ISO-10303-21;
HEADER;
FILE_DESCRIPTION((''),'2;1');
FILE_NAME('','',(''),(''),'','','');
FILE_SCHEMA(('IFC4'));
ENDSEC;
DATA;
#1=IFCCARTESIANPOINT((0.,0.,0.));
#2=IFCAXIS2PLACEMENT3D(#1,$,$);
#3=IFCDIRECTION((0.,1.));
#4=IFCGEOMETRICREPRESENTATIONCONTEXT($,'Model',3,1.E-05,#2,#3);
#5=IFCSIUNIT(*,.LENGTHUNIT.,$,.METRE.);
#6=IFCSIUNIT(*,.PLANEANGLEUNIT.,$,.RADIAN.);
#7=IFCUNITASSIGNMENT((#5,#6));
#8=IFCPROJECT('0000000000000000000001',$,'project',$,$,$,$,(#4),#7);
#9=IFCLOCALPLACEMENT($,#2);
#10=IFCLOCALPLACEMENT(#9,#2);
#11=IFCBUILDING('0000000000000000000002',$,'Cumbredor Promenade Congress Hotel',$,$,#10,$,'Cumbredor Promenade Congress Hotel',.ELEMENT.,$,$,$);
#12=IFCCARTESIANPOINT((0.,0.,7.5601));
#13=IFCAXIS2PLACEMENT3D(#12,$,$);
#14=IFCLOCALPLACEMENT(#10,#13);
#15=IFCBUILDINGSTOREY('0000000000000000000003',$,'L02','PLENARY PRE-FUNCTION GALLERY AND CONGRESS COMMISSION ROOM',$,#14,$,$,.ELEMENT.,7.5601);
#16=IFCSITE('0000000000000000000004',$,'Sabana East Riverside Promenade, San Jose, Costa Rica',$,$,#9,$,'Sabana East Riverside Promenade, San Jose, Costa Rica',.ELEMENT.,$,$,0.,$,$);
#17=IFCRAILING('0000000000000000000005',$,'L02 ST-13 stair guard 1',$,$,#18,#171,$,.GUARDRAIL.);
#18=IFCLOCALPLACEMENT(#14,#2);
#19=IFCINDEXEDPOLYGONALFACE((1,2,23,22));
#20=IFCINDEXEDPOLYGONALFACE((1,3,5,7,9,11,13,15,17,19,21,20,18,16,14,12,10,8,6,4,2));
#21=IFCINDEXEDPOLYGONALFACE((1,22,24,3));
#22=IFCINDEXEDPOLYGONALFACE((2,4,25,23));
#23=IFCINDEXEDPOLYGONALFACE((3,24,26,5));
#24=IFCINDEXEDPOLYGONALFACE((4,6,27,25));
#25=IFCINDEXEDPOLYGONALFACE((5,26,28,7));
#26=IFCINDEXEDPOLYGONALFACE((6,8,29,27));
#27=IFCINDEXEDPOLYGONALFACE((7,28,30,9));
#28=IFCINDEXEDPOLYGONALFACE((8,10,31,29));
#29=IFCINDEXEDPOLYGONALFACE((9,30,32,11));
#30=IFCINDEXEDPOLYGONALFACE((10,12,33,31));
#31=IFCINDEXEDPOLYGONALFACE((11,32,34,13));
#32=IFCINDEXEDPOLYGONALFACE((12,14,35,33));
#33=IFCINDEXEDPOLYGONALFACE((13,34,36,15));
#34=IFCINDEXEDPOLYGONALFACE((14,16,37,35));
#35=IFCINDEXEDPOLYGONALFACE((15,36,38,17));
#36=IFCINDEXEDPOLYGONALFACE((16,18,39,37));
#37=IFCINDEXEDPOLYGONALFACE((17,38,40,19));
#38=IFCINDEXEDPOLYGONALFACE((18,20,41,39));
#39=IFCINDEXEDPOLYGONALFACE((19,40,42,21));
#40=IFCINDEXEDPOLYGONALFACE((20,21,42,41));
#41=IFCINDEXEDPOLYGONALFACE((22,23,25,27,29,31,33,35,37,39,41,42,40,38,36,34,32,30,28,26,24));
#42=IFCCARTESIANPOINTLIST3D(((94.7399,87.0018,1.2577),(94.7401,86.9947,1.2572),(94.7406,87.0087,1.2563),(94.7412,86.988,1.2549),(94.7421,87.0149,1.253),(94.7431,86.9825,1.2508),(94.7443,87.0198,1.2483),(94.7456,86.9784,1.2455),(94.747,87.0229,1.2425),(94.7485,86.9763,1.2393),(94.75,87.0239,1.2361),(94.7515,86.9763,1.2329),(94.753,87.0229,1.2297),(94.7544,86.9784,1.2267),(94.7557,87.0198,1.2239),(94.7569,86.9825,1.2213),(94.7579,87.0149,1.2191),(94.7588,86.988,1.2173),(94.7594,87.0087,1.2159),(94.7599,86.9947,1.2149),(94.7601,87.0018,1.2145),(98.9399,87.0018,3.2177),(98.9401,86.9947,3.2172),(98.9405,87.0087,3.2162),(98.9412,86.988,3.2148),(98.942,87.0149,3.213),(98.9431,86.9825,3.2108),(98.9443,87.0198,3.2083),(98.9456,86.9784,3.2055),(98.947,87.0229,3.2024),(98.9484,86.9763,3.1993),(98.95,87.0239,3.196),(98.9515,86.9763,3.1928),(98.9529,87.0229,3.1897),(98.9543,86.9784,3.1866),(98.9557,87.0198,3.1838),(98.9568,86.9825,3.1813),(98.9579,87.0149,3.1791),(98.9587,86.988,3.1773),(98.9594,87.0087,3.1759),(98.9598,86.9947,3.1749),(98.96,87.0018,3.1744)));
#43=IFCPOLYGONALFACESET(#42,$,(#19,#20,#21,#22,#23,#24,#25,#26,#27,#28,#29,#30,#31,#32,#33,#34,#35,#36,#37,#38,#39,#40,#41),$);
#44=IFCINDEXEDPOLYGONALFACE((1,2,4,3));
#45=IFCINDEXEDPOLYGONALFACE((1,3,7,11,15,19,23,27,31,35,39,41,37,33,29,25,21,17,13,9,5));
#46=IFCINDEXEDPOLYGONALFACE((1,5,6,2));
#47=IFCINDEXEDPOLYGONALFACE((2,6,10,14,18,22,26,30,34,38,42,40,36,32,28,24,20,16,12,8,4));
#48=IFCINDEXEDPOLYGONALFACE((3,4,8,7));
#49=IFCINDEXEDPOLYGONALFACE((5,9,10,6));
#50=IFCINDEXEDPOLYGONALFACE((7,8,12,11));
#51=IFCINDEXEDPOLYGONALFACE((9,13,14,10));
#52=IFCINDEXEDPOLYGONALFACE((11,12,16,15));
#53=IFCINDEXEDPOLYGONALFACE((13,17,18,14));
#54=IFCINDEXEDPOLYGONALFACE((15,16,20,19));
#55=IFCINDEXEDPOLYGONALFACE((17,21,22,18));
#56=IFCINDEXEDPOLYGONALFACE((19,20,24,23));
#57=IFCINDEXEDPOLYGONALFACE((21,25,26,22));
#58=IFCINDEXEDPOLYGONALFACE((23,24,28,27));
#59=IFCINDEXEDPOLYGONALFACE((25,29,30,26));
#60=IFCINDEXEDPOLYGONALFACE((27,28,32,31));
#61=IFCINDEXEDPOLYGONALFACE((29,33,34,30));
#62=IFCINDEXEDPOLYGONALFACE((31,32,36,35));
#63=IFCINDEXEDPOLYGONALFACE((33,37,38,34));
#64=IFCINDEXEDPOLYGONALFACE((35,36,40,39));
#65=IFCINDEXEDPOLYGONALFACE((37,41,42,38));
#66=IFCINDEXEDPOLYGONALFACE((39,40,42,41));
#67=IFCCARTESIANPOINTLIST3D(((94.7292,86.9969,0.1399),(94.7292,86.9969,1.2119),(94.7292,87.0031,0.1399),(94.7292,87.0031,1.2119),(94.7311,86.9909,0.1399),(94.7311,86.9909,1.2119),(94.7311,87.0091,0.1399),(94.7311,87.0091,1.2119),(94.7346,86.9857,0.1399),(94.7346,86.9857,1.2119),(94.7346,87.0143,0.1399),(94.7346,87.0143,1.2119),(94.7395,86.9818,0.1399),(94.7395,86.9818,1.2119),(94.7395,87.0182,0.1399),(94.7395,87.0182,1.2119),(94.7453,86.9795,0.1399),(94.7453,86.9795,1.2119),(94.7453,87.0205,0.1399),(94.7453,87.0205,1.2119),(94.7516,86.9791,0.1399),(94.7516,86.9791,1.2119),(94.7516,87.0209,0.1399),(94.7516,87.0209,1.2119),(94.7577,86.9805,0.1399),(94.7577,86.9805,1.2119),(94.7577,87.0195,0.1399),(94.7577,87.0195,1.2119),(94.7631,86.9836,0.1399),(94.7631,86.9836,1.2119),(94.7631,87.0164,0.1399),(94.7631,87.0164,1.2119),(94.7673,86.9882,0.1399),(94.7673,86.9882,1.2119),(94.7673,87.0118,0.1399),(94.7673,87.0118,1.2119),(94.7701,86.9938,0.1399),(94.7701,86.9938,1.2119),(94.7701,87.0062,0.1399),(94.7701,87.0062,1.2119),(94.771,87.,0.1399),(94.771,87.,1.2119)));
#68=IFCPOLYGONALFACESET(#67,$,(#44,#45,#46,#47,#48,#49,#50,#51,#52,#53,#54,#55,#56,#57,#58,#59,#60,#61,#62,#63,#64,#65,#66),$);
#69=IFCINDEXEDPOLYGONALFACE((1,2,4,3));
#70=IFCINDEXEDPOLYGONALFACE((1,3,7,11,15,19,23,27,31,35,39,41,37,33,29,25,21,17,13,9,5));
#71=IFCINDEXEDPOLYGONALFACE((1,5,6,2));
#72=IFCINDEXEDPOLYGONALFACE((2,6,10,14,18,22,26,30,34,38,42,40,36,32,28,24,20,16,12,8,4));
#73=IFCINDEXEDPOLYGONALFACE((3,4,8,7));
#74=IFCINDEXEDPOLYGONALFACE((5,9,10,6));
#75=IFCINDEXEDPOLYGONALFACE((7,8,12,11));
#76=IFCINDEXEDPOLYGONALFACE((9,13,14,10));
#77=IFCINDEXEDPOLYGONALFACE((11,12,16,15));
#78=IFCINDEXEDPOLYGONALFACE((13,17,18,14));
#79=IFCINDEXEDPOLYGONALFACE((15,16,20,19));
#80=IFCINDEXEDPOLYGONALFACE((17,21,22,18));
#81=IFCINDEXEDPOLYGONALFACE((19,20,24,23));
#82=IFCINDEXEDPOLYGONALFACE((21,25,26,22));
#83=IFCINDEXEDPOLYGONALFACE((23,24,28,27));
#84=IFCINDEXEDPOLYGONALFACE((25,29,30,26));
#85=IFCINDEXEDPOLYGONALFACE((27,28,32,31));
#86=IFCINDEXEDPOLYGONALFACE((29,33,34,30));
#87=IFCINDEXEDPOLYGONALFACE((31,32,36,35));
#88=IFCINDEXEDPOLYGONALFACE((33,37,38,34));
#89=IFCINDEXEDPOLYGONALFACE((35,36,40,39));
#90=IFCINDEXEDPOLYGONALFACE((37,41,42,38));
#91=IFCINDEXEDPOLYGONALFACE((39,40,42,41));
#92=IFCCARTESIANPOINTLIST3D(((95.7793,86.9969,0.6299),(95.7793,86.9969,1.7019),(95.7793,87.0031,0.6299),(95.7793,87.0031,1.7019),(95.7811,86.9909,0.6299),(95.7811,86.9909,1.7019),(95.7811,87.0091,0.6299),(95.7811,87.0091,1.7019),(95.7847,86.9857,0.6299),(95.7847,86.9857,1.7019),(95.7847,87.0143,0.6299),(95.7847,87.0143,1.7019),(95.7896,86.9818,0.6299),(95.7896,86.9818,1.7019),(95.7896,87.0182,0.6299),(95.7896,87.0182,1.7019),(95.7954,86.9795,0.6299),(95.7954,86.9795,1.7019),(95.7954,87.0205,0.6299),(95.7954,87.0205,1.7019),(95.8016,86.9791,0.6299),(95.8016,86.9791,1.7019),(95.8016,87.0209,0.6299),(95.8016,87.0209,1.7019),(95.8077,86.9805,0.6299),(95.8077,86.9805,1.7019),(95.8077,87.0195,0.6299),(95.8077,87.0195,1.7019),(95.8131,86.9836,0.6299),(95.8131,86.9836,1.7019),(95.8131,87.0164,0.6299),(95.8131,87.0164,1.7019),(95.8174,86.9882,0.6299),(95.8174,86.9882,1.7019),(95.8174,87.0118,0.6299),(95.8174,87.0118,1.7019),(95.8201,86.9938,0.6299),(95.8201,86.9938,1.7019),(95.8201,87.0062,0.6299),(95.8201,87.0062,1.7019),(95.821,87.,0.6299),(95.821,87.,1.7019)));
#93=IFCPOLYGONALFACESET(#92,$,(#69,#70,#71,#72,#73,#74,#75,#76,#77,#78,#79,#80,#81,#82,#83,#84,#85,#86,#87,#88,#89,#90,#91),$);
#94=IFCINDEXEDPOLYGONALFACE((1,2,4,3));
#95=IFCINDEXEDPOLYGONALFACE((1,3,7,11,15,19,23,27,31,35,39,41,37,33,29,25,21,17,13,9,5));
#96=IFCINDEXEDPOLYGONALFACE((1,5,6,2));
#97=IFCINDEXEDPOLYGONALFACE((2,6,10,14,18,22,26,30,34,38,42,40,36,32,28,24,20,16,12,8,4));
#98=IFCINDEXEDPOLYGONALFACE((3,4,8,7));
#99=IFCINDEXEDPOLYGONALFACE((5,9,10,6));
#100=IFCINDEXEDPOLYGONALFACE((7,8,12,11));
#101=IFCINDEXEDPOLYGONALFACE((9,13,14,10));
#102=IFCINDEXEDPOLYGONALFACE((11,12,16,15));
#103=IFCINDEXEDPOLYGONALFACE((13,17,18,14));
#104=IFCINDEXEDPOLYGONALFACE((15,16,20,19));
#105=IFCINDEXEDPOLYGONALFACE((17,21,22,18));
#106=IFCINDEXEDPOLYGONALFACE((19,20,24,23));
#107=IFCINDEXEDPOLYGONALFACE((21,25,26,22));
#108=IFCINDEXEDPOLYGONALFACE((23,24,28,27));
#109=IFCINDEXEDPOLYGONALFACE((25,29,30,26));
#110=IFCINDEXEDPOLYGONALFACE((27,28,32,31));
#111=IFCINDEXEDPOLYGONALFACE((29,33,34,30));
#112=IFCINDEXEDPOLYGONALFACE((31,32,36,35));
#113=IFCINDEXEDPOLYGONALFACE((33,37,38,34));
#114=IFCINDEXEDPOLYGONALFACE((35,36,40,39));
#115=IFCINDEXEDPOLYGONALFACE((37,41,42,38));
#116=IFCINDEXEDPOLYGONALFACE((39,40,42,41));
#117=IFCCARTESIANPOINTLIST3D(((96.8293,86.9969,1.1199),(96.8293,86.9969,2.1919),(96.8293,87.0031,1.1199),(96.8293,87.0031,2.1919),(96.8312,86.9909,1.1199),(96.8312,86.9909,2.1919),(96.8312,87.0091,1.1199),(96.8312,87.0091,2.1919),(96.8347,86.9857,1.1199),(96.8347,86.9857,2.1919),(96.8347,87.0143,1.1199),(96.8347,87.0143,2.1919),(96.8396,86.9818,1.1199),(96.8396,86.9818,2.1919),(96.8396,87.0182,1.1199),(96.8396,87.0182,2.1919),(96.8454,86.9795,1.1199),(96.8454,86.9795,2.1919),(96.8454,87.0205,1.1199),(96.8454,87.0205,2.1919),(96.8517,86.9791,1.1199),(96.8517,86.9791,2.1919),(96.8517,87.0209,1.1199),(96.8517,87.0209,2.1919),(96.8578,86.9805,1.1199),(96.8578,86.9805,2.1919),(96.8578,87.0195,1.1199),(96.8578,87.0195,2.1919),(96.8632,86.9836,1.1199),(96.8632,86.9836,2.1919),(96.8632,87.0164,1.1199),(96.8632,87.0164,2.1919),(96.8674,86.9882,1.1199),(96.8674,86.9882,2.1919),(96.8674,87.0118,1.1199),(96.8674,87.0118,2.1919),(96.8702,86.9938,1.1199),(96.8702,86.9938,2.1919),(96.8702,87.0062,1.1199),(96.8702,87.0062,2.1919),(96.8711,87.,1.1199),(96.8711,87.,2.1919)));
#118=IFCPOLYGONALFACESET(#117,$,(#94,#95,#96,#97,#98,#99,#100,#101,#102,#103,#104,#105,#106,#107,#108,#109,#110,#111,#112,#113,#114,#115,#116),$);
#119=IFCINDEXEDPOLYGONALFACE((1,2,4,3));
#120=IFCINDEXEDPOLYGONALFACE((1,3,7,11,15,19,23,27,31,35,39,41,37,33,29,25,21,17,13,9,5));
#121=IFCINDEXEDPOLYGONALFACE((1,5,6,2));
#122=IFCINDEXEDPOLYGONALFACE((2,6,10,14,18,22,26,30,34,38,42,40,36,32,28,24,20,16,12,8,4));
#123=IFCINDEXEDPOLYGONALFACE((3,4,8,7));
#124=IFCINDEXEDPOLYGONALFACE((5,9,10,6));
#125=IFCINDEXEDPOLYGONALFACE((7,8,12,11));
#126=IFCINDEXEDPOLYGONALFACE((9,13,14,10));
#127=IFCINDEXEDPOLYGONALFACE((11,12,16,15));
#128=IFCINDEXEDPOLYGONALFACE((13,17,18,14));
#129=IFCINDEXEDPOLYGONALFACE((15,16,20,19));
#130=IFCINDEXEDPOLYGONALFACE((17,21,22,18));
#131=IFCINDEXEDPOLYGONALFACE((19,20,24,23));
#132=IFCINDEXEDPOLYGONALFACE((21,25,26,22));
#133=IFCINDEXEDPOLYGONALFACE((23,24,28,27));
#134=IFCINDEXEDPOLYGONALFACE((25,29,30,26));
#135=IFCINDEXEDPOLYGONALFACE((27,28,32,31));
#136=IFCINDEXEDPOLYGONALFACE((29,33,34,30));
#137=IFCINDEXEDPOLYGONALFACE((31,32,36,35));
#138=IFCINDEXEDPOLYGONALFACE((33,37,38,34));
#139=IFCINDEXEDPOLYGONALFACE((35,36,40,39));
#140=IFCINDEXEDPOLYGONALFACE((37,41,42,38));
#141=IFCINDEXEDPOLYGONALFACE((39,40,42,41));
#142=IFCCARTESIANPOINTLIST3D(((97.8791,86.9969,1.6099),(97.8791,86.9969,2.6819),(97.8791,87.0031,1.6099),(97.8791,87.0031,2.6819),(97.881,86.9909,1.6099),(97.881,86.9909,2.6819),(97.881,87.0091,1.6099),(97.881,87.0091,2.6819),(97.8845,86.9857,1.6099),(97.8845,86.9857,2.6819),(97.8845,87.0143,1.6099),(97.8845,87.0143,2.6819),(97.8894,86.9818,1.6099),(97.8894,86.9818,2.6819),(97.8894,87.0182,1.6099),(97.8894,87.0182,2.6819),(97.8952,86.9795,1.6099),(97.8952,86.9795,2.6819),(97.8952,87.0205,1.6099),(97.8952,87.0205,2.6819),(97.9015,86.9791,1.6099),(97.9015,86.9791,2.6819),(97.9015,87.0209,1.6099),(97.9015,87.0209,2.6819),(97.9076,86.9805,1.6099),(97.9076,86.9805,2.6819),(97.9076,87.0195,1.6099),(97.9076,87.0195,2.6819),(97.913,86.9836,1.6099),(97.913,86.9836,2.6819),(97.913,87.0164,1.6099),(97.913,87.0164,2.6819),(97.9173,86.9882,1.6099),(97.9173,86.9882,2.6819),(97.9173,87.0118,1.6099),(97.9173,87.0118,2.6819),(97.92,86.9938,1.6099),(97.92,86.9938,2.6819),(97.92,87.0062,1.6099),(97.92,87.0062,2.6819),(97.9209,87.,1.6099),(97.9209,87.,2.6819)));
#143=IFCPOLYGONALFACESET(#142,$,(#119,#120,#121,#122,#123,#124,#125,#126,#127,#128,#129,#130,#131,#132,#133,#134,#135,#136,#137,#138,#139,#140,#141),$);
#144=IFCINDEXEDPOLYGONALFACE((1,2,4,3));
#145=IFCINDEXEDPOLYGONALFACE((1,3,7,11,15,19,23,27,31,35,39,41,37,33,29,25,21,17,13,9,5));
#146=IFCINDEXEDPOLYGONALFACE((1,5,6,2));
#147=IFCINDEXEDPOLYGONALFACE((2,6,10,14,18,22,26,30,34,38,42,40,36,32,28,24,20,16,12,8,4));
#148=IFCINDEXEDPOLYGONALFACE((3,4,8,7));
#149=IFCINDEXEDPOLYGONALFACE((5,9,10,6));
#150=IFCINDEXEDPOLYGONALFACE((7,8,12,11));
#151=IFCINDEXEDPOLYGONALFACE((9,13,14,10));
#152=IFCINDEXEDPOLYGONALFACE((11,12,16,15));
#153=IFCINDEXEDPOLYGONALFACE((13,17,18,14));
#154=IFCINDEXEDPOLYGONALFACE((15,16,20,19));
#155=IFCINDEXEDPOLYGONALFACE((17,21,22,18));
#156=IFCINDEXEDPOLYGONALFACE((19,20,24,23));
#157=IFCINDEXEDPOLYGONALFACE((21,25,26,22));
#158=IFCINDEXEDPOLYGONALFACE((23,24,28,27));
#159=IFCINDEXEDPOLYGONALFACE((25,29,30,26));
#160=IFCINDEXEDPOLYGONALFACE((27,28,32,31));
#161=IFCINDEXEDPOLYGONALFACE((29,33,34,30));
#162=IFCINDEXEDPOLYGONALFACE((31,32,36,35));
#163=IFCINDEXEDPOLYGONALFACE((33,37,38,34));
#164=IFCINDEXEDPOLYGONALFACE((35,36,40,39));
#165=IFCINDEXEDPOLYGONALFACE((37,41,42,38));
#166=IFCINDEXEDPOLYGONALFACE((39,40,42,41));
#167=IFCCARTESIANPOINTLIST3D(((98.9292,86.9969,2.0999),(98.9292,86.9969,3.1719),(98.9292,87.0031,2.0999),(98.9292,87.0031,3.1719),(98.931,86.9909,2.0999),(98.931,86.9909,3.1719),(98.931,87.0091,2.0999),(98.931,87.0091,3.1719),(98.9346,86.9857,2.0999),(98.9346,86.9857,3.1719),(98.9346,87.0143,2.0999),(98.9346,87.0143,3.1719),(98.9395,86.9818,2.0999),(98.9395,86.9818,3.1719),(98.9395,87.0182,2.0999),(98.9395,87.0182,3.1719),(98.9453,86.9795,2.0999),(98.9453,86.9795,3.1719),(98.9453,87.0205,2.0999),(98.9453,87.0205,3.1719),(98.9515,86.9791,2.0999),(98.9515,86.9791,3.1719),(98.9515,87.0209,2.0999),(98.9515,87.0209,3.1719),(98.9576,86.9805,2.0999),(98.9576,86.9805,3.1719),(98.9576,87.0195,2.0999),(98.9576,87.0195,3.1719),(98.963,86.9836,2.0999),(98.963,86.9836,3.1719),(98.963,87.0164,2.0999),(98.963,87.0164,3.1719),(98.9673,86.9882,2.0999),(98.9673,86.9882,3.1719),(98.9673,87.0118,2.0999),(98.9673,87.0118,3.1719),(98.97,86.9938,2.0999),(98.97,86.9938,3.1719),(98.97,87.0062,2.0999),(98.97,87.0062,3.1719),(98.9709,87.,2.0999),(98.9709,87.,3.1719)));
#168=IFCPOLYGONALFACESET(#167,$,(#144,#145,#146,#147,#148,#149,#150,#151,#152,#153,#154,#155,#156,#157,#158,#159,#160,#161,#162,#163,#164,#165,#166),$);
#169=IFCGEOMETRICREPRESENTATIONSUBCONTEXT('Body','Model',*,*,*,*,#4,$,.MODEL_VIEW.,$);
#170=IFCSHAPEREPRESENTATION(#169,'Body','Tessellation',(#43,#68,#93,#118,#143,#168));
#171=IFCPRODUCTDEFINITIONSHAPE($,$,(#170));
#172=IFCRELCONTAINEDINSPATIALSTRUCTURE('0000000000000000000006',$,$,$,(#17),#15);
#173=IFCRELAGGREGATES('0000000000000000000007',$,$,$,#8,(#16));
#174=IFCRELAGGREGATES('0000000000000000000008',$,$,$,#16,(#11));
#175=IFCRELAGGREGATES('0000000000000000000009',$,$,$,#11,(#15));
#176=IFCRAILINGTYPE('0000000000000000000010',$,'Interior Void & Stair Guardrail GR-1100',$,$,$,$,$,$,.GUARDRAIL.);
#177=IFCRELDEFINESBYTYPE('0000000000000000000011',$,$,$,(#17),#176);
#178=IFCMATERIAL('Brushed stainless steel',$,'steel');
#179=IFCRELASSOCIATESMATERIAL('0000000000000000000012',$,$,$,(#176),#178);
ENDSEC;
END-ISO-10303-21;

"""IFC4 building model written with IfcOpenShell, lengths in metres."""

from ifc_helpers import new_model, si_unit, direction, frame, origin, origin_2d, place, context, subcontext, project, spatial, circle, extrude, material, type_object, element, save


model = new_model("IFC4")

# Units and contexts
model_context = context("Model", 3, precision=1e-05, world=origin(), true_north=direction((0.0, 1.0)))
body_context = subcontext(model_context, "Body", "Model", "MODEL_VIEW")
ifc_project = project(units=[si_unit("LENGTHUNIT", "METRE"), si_unit("PLANEANGLEUNIT", "RADIAN")], contexts=[model_context])

# Site, building, storey
site_placement = place(None, origin())
site = spatial("IfcSite", under=ifc_project, at=site_placement, Name="Sabana East Riverside Promenade, San Jose, Costa Rica", LongName="Sabana East Riverside Promenade, San Jose, Costa Rica", CompositionType="ELEMENT", RefElevation=0.0)
building_placement = place(site_placement, origin())
building = spatial("IfcBuilding", under=site, at=building_placement, Name="Cumbredor Promenade Congress Hotel", LongName="Cumbredor Promenade Congress Hotel", CompositionType="ELEMENT")
storey_placement = place(building_placement, frame((0.0, 0.0, 7.5601)))
storey = spatial("IfcBuildingStorey", under=building, at=storey_placement, Name="L02", Description="PLENARY PRE-FUNCTION GALLERY AND CONGRESS COMMISSION ROOM", CompositionType="ELEMENT", Elevation=7.5601)

# Railing
ifc_material_1 = material(Name="Brushed stainless steel", Category="steel")
railing_type_1 = type_object("IfcRailingType", Name="Interior Void & Stair Guardrail GR-1100", PredefinedType="GUARDRAIL", material=ifc_material_1)
railing_1_placement = place(storey_placement, frame((94.75, 87.0, 0.1399)))
element("IfcRailing", 1, at=railing_1_placement, inside=storey, type_object=railing_type_1, Name="L02 ST-13 stair guard 1", PredefinedType="GUARDRAIL", context=body_context, shape_type="SweptSolid", body=[
    extrude(circle(Radius=0.0239, at=origin_2d()), frame((0.0, 0.0, 1.0962), z_axis=(0.906184, 0.0, 0.422883), x_axis=(0.0, 1.0, 0.0)), (0.0, 0.0, 1.0), 4.6348),
    extrude(circle(Radius=0.021, at=origin_2d()), origin(), (0.0, 0.0, 1.0), 1.072),
    extrude(circle(Radius=0.021, at=origin_2d()), frame((1.05, 0.0, 0.49)), (0.0, 0.0, 1.0), 1.072),
    extrude(circle(Radius=0.021, at=origin_2d()), frame((2.1001, 0.0, 0.98)), (0.0, 0.0, 1.0), 1.072),
    extrude(circle(Radius=0.021, at=origin_2d()), frame((3.1499, 0.0, 1.47)), (0.0, 0.0, 1.0), 1.072),
    extrude(circle(Radius=0.021, at=origin_2d()), frame((4.2, 0.0, 1.96)), (0.0, 0.0, 1.0), 1.072),
])

save(model, "model.ifc")
